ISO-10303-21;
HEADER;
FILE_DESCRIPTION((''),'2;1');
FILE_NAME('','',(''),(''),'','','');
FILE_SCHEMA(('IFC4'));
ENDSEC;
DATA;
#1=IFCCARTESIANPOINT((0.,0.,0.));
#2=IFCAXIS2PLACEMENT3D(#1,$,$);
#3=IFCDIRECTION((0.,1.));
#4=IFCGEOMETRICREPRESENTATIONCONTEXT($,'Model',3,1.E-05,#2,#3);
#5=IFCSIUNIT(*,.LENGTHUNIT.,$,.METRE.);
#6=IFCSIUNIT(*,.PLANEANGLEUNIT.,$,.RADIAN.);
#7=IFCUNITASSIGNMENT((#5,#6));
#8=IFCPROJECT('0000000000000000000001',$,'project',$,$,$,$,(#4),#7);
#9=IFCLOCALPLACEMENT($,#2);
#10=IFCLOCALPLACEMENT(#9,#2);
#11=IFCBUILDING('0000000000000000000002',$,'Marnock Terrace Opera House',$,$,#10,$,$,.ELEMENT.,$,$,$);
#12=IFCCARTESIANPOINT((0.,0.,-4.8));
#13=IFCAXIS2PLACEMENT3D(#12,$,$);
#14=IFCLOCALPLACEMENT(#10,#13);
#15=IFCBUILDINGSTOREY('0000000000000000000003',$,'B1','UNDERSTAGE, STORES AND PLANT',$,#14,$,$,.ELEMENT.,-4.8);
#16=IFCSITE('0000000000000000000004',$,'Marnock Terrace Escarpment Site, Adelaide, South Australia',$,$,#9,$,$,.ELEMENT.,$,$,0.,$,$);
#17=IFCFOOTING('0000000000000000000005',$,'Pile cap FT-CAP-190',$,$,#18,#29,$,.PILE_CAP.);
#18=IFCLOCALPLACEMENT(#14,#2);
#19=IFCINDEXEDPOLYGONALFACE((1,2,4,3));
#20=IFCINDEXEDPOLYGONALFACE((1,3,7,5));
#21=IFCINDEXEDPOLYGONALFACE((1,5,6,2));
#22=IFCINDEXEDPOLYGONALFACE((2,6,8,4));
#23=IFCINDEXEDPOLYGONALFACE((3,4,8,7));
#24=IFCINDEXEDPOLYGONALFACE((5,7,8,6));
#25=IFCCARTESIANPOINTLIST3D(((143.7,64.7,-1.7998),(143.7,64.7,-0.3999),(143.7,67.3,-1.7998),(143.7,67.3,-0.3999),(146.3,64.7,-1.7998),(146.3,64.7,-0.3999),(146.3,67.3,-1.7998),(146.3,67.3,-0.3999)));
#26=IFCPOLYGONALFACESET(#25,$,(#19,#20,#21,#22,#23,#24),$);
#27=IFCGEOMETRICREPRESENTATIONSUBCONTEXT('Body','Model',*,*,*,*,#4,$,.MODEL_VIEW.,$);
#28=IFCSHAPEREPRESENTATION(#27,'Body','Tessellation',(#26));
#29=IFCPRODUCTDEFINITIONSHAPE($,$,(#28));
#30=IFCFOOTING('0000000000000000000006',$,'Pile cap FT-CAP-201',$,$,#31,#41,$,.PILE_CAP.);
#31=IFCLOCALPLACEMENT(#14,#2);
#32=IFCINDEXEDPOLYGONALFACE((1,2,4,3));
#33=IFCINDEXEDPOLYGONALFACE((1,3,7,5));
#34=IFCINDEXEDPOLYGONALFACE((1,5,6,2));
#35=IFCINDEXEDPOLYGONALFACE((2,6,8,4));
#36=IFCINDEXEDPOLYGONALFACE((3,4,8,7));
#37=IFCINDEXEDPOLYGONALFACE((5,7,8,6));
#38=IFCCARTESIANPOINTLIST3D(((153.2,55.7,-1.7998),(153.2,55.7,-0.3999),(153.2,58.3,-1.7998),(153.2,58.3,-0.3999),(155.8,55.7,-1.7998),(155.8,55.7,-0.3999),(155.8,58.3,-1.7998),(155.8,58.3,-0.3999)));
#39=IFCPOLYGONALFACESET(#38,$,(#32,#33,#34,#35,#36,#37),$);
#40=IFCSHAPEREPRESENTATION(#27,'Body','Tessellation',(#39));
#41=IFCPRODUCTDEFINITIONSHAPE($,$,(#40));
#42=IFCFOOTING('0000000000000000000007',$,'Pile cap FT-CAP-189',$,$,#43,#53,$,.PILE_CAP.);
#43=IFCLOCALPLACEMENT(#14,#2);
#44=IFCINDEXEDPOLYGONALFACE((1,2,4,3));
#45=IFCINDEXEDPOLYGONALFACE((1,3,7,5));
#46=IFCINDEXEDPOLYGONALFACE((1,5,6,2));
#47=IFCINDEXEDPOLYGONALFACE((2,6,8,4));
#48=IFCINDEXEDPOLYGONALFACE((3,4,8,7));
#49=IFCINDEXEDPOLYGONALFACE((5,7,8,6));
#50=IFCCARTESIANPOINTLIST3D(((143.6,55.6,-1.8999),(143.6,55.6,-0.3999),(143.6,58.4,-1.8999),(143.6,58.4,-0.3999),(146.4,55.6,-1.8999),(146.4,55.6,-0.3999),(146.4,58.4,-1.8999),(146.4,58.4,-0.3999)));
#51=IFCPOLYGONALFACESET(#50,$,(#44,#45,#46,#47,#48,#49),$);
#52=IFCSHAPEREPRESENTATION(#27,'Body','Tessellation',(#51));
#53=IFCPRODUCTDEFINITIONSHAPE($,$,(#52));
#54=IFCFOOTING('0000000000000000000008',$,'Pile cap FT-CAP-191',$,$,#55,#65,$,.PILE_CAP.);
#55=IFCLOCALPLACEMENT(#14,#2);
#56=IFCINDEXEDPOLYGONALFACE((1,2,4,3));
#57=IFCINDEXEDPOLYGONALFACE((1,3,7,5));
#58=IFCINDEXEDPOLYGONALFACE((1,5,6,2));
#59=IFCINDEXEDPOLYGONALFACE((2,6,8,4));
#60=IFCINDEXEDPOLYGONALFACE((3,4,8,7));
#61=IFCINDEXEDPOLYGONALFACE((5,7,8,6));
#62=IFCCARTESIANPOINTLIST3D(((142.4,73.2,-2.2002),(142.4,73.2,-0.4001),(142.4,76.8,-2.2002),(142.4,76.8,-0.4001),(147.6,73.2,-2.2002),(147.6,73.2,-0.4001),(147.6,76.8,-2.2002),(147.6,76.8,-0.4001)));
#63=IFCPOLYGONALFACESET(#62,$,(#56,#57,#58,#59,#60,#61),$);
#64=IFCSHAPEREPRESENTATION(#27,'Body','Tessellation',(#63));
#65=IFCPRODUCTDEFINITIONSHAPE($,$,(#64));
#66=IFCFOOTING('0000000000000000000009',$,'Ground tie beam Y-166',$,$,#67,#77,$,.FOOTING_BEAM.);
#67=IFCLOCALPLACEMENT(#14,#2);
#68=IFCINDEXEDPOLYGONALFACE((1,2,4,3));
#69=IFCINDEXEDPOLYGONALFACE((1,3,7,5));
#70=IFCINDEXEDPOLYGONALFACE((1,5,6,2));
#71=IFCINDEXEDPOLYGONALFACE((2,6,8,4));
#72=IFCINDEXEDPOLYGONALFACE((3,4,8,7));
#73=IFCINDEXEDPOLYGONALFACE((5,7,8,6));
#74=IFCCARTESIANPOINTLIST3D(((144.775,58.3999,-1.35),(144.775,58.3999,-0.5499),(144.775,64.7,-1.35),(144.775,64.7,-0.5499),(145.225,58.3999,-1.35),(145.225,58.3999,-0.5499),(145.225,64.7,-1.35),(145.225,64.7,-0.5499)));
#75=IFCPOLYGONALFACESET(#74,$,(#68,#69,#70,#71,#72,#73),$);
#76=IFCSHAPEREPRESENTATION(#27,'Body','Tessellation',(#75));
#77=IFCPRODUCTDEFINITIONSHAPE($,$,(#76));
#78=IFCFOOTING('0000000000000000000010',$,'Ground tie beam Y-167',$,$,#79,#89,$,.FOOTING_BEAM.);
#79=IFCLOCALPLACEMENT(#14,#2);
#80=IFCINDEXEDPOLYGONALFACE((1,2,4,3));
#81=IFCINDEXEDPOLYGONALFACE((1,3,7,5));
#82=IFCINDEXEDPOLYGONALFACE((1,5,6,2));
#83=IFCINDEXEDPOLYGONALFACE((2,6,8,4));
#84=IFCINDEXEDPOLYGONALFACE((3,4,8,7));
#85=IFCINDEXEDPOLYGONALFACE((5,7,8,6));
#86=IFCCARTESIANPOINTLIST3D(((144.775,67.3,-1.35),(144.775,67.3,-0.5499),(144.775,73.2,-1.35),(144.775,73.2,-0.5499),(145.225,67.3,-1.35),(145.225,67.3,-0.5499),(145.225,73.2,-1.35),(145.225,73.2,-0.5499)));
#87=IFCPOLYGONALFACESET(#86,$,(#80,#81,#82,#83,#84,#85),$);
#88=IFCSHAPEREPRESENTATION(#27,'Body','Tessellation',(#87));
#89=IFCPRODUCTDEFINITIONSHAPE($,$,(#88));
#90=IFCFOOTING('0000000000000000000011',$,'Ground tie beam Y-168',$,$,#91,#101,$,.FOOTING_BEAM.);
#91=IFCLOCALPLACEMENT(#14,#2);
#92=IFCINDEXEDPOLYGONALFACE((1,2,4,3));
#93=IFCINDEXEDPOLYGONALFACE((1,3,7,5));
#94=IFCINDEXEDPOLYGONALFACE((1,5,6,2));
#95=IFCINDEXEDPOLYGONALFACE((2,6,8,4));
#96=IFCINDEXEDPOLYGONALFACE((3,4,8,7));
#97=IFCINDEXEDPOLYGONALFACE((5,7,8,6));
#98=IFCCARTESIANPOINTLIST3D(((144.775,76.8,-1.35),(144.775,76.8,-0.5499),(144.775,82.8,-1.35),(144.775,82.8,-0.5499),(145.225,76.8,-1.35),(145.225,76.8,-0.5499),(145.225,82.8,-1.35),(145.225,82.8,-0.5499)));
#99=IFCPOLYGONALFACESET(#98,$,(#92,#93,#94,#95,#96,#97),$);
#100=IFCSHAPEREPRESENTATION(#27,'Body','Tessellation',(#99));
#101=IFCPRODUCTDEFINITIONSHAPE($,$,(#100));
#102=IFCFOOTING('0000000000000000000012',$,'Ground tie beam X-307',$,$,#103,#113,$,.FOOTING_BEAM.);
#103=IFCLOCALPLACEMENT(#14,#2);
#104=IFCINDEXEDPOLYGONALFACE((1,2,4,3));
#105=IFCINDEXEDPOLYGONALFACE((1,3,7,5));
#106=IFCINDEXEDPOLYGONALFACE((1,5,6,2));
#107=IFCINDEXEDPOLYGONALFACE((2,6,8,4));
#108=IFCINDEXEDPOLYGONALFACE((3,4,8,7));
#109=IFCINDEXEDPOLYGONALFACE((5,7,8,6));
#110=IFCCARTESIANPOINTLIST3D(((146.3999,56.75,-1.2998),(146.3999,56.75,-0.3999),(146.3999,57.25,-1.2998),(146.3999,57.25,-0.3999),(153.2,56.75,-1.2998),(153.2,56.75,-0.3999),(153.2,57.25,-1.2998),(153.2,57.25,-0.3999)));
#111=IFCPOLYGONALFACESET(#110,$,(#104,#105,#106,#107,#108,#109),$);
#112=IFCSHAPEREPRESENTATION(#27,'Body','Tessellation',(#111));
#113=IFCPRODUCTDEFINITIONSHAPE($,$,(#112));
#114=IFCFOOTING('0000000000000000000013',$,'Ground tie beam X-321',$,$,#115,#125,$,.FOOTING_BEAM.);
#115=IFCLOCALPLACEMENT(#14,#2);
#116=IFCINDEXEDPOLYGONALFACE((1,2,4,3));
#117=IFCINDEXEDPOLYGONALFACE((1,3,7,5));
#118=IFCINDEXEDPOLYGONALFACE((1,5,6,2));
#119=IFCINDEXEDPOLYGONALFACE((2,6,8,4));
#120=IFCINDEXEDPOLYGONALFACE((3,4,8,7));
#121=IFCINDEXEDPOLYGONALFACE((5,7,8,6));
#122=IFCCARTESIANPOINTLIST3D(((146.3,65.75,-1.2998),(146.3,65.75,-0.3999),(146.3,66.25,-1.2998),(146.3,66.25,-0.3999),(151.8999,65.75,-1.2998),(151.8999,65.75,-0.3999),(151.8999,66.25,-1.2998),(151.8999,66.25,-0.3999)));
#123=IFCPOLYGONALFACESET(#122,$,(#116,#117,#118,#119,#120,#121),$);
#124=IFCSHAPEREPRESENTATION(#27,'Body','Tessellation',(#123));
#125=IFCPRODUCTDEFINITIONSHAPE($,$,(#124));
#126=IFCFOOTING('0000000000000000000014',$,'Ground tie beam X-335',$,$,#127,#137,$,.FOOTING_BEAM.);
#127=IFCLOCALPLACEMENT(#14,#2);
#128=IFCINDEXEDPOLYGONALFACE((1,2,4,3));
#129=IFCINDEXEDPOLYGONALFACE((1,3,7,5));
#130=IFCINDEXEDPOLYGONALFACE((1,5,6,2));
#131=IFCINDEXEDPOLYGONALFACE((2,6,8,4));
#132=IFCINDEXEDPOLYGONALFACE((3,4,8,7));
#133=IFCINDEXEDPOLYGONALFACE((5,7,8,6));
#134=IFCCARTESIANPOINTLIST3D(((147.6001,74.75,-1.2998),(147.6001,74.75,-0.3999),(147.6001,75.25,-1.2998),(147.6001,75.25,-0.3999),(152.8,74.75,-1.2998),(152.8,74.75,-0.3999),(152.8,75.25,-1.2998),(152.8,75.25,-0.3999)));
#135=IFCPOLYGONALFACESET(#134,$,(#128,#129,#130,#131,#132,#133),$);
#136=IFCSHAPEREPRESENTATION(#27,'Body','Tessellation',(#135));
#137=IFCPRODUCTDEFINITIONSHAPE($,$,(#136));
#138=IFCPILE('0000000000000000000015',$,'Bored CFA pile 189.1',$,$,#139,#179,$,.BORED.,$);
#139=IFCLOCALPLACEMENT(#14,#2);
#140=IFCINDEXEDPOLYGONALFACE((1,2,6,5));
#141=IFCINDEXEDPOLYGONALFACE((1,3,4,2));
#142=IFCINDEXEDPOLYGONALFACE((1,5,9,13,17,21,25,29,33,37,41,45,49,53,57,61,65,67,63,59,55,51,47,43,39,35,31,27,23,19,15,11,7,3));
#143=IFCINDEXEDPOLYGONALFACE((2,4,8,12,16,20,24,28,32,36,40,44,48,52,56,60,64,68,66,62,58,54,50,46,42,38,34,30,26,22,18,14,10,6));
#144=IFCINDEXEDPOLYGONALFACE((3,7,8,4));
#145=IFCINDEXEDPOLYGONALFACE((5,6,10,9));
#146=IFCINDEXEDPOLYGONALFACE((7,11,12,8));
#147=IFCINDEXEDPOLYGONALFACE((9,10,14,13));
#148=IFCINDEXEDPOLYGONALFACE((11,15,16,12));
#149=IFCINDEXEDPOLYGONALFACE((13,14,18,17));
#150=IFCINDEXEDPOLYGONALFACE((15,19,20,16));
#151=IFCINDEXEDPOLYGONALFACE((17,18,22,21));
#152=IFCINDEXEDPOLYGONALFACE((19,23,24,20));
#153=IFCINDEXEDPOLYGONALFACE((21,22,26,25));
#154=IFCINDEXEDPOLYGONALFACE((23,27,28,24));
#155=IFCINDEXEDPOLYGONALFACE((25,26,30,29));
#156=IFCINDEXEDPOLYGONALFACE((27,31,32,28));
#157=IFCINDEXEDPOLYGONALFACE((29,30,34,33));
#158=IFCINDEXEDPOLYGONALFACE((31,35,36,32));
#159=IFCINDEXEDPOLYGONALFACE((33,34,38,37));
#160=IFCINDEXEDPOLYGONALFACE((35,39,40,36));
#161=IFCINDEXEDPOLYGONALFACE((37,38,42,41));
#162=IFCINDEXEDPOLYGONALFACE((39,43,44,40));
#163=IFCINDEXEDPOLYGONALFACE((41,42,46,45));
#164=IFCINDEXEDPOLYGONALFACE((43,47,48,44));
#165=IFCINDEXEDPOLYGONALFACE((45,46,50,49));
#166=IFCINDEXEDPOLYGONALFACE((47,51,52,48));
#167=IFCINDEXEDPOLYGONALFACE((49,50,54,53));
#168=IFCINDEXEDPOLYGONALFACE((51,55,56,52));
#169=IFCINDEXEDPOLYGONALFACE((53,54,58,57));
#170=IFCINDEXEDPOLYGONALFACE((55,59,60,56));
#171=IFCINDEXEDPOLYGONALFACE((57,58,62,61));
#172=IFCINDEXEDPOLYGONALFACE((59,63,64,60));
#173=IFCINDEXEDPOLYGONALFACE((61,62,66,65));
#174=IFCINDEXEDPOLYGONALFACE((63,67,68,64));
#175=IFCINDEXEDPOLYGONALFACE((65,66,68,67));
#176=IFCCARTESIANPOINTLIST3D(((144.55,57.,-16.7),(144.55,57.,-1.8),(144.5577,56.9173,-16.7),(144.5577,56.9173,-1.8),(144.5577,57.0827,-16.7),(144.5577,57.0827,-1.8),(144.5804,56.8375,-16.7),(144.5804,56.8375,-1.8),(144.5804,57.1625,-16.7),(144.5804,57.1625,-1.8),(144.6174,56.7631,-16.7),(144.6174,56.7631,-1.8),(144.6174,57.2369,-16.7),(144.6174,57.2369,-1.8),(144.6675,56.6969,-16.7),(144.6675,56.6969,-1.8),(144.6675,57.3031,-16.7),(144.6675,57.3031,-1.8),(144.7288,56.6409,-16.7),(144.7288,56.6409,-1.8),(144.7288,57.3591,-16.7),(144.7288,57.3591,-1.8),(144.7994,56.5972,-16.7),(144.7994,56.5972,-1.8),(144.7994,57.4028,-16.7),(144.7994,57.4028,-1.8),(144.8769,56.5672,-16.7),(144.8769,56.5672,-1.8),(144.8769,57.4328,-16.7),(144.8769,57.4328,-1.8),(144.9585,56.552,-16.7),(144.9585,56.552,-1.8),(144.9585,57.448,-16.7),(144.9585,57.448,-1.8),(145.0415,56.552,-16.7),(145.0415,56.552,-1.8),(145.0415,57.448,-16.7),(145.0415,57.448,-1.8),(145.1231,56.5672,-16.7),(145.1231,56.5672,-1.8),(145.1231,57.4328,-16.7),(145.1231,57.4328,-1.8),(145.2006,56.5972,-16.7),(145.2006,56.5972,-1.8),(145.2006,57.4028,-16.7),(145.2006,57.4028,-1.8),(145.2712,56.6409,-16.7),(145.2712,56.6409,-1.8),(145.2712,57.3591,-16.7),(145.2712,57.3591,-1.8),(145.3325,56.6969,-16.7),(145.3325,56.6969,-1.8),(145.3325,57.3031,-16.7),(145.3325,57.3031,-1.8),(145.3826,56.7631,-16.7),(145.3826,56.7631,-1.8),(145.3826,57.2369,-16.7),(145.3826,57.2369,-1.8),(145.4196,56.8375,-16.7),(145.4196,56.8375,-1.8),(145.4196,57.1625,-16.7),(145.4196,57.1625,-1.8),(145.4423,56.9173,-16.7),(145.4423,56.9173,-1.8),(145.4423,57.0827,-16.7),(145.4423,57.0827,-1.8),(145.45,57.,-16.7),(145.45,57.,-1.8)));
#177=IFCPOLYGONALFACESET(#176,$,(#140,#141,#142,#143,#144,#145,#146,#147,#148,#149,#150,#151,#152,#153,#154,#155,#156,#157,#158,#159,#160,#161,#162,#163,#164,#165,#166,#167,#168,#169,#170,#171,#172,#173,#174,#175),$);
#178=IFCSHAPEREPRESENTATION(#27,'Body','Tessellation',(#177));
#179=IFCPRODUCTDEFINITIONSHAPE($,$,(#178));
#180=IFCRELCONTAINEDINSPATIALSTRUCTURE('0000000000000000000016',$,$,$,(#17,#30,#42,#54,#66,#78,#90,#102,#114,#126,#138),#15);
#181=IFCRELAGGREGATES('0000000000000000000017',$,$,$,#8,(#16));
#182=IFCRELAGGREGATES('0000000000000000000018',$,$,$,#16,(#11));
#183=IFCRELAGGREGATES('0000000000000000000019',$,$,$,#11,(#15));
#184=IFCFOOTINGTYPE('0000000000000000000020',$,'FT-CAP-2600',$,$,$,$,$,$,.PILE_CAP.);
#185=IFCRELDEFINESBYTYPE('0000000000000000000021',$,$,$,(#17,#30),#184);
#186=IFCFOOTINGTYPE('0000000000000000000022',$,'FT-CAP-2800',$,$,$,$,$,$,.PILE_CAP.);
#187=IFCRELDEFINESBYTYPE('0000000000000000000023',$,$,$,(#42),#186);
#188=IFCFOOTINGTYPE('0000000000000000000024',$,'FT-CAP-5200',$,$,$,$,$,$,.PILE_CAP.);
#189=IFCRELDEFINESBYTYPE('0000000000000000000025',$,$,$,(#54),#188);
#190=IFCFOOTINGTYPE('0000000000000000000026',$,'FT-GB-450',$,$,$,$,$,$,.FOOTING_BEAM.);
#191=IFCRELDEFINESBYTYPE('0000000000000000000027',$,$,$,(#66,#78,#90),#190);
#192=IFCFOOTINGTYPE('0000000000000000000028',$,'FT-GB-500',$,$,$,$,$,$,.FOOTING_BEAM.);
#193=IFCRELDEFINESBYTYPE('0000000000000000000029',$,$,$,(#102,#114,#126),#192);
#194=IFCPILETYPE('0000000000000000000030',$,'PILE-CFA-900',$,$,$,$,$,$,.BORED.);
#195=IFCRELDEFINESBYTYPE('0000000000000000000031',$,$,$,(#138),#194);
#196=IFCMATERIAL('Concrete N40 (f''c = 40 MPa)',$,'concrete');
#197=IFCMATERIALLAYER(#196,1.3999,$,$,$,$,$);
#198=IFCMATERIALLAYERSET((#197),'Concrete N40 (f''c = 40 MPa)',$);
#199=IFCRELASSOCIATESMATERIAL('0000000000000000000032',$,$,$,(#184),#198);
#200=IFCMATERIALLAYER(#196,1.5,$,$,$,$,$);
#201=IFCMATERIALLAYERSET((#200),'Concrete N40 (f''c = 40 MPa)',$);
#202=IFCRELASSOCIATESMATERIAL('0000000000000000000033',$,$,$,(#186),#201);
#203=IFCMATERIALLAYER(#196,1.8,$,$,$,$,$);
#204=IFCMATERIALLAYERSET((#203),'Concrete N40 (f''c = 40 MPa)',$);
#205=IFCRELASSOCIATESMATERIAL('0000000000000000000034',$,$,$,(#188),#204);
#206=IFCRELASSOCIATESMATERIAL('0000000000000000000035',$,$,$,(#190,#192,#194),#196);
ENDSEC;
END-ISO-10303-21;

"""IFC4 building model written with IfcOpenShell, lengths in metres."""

from ifc_helpers import new_model, si_unit, direction, frame, origin, origin_2d, place, context, subcontext, project, spatial, rectangle, circle, extrude, material, layer, layer_set, material_profile, profile_set, type_object, element, save


model = new_model("IFC4")

# Units and contexts
model_context = context("Model", 3, precision=1e-05, world=origin(), true_north=direction((0.0, 1.0)))
body_context = subcontext(model_context, "Body", "Model", "MODEL_VIEW")
ifc_project = project(units=[si_unit("LENGTHUNIT", "METRE"), si_unit("PLANEANGLEUNIT", "RADIAN")], contexts=[model_context])

# Site, building, storey
site_placement = place(None, origin())
site = spatial("IfcSite", under=ifc_project, at=site_placement, Name="Marnock Terrace Escarpment Site, Adelaide, South Australia", CompositionType="ELEMENT", RefElevation=0.0)
building_placement = place(site_placement, origin())
building = spatial("IfcBuilding", under=site, at=building_placement, Name="Marnock Terrace Opera House", CompositionType="ELEMENT")
storey_placement = place(building_placement, frame((0.0, 0.0, -4.8)))
storey = spatial("IfcBuildingStorey", under=building, at=storey_placement, Name="B1", Description="UNDERSTAGE, STORES AND PLANT", CompositionType="ELEMENT", Elevation=-4.8)

# Footings
ifc_material_1 = material(Name="Concrete N40 (f'c = 40 MPa)", Category="concrete")
ifc_layer_1 = layer(ifc_material_1, 1.3999)
ifc_layer_set_1 = layer_set([ifc_layer_1], Name="Concrete N40 (f'c = 40 MPa)")
footing_type_1 = type_object("IfcFootingType", Name="FT-CAP-2600", PredefinedType="PILE_CAP", material=ifc_layer_set_1)
for number, where, z_axis, x_axis, name in (
    (1, (145.0, 66.0, -1.7998), (0.0, 0.0, 1.0), (1.0, 0.0, 0.0), "Pile cap FT-CAP-190"),
    (2, (154.5, 57.0, -1.7998), (0.0, 0.0, 1.0), (1.0, 0.0, 0.0), "Pile cap FT-CAP-201"),
):
    element("IfcFooting", number, at=place(storey_placement, frame(where, z_axis=z_axis, x_axis=x_axis)), inside=storey, type_object=footing_type_1, Name=name, PredefinedType="PILE_CAP", context=body_context, shape_type="SweptSolid", body=[
        extrude(rectangle(XDim=2.6001, YDim=2.6001, at=origin_2d()), origin(), (0.0, 0.0, 1.0), 1.3999),
    ])
ifc_layer_2 = layer(ifc_material_1, 1.5)
ifc_layer_set_2 = layer_set([ifc_layer_2], Name="Concrete N40 (f'c = 40 MPa)")
footing_type_2 = type_object("IfcFootingType", Name="FT-CAP-2800", PredefinedType="PILE_CAP", material=ifc_layer_set_2)
footing_1_placement = place(storey_placement, frame((145.0, 57.0, -1.8999), z_axis=(0.0, 0.0, 1.0), x_axis=(1.0, 0.0, 0.0)))
element("IfcFooting", 3, at=footing_1_placement, inside=storey, type_object=footing_type_2, Name="Pile cap FT-CAP-189", PredefinedType="PILE_CAP", context=body_context, shape_type="SweptSolid", body=[
    extrude(rectangle(XDim=2.8, YDim=2.8, at=origin_2d()), origin(), (0.0, 0.0, 1.0), 1.5),
])
ifc_layer_3 = layer(ifc_material_1, 1.8)
ifc_layer_set_3 = layer_set([ifc_layer_3], Name="Concrete N40 (f'c = 40 MPa)")
footing_type_3 = type_object("IfcFootingType", Name="FT-CAP-5200", PredefinedType="PILE_CAP", material=ifc_layer_set_3)
footing_2_placement = place(storey_placement, frame((145.0, 75.0, -2.2002), z_axis=(0.0, 0.0, 1.0), x_axis=(1.0, 0.0, 0.0)))
element("IfcFooting", 4, at=footing_2_placement, inside=storey, type_object=footing_type_3, Name="Pile cap FT-CAP-191", PredefinedType="PILE_CAP", context=body_context, shape_type="SweptSolid", body=[
    extrude(rectangle(XDim=5.2, YDim=3.6001, at=origin_2d()), origin(), (0.0, 0.0, 1.0), 1.8),
])
ifc_material_profile_1 = material_profile(ifc_material_1, rectangle(XDim=0.45, YDim=0.8, at=origin_2d()))
ifc_profile_set_1 = profile_set([ifc_material_profile_1], Name="Concrete N40 (f'c = 40 MPa)")
footing_type_4 = type_object("IfcFootingType", Name="FT-GB-450", PredefinedType="FOOTING_BEAM", material=ifc_profile_set_1)
footing_3_placement = place(storey_placement, frame((145.0, 58.3999, -0.95), z_axis=(0.0, 1.0, 0.0), x_axis=(-1.0, 0.0, 0.0)))
element("IfcFooting", 5, at=footing_3_placement, inside=storey, type_object=footing_type_4, Name="Ground tie beam Y-166", PredefinedType="FOOTING_BEAM", context=body_context, shape_type="SweptSolid", body=[
    extrude(rectangle(XDim=0.45, YDim=0.8, at=origin_2d()), origin(), (0.0, 0.0, 1.0), 6.3),
])
footing_4_placement = place(storey_placement, frame((145.0, 67.3, -0.95), z_axis=(0.0, 1.0, 0.0), x_axis=(-1.0, 0.0, 0.0)))
element("IfcFooting", 6, at=footing_4_placement, inside=storey, type_object=footing_type_4, Name="Ground tie beam Y-167", PredefinedType="FOOTING_BEAM", context=body_context, shape_type="SweptSolid", body=[
    extrude(rectangle(XDim=0.45, YDim=0.8, at=origin_2d()), origin(), (0.0, 0.0, 1.0), 5.8999),
])
footing_5_placement = place(storey_placement, frame((145.0, 76.8, -0.95), z_axis=(0.0, 1.0, 0.0), x_axis=(-1.0, 0.0, 0.0)))
element("IfcFooting", 7, at=footing_5_placement, inside=storey, type_object=footing_type_4, Name="Ground tie beam Y-168", PredefinedType="FOOTING_BEAM", context=body_context, shape_type="SweptSolid", body=[
    extrude(rectangle(XDim=0.45, YDim=0.8, at=origin_2d()), origin(), (0.0, 0.0, 1.0), 6.0),
])
ifc_material_profile_2 = material_profile(ifc_material_1, rectangle(XDim=0.5, YDim=0.8999, at=origin_2d()))
ifc_profile_set_2 = profile_set([ifc_material_profile_2], Name="Concrete N40 (f'c = 40 MPa)")
footing_type_5 = type_object("IfcFootingType", Name="FT-GB-500", PredefinedType="FOOTING_BEAM", material=ifc_profile_set_2)
footing_6_placement = place(storey_placement, frame((146.3999, 57.0, -0.8499), z_axis=(1.0, 0.0, 0.0), x_axis=(0.0, 1.0, 0.0)))
element("IfcFooting", 8, at=footing_6_placement, inside=storey, type_object=footing_type_5, Name="Ground tie beam X-307", PredefinedType="FOOTING_BEAM", context=body_context, shape_type="SweptSolid", body=[
    extrude(rectangle(XDim=0.5, YDim=0.8999, at=origin_2d()), origin(), (0.0, 0.0, 1.0), 6.8),
])
footing_7_placement = place(storey_placement, frame((146.3, 66.0, -0.8499), z_axis=(1.0, 0.0, 0.0), x_axis=(0.0, 1.0, 0.0)))
element("IfcFooting", 9, at=footing_7_placement, inside=storey, type_object=footing_type_5, Name="Ground tie beam X-321", PredefinedType="FOOTING_BEAM", context=body_context, shape_type="SweptSolid", body=[
    extrude(rectangle(XDim=0.5, YDim=0.8999, at=origin_2d()), origin(), (0.0, 0.0, 1.0), 5.5999),
])
footing_8_placement = place(storey_placement, frame((147.6001, 75.0, -0.8499), z_axis=(1.0, 0.0, 0.0), x_axis=(0.0, 1.0, 0.0)))
element("IfcFooting", 10, at=footing_8_placement, inside=storey, type_object=footing_type_5, Name="Ground tie beam X-335", PredefinedType="FOOTING_BEAM", context=body_context, shape_type="SweptSolid", body=[
    extrude(rectangle(XDim=0.5, YDim=0.8999, at=origin_2d()), origin(), (0.0, 0.0, 1.0), 5.2),
])

# Pile
ifc_material_profile_3 = material_profile(ifc_material_1, circle(Radius=0.45, at=origin_2d()))
ifc_profile_set_3 = profile_set([ifc_material_profile_3], Name="Concrete N40 (f'c = 40 MPa)")
pile_type = type_object("IfcPileType", Name="PILE-CFA-900", PredefinedType="BORED", material=ifc_profile_set_3)
pile_1_placement = place(storey_placement, frame((145.0, 57.0, -1.8), z_axis=(0.0, 0.0, -1.0), x_axis=(1.0, 0.0, 0.0)))
element("IfcPile", 11, at=pile_1_placement, inside=storey, type_object=pile_type, Name="Bored CFA pile 189.1", PredefinedType="BORED", context=body_context, shape_type="SweptSolid", body=[
    extrude(circle(Radius=0.45, at=origin_2d()), origin(), (0.0, 0.0, 1.0), 14.8999),
])

save(model, "model.ifc")
